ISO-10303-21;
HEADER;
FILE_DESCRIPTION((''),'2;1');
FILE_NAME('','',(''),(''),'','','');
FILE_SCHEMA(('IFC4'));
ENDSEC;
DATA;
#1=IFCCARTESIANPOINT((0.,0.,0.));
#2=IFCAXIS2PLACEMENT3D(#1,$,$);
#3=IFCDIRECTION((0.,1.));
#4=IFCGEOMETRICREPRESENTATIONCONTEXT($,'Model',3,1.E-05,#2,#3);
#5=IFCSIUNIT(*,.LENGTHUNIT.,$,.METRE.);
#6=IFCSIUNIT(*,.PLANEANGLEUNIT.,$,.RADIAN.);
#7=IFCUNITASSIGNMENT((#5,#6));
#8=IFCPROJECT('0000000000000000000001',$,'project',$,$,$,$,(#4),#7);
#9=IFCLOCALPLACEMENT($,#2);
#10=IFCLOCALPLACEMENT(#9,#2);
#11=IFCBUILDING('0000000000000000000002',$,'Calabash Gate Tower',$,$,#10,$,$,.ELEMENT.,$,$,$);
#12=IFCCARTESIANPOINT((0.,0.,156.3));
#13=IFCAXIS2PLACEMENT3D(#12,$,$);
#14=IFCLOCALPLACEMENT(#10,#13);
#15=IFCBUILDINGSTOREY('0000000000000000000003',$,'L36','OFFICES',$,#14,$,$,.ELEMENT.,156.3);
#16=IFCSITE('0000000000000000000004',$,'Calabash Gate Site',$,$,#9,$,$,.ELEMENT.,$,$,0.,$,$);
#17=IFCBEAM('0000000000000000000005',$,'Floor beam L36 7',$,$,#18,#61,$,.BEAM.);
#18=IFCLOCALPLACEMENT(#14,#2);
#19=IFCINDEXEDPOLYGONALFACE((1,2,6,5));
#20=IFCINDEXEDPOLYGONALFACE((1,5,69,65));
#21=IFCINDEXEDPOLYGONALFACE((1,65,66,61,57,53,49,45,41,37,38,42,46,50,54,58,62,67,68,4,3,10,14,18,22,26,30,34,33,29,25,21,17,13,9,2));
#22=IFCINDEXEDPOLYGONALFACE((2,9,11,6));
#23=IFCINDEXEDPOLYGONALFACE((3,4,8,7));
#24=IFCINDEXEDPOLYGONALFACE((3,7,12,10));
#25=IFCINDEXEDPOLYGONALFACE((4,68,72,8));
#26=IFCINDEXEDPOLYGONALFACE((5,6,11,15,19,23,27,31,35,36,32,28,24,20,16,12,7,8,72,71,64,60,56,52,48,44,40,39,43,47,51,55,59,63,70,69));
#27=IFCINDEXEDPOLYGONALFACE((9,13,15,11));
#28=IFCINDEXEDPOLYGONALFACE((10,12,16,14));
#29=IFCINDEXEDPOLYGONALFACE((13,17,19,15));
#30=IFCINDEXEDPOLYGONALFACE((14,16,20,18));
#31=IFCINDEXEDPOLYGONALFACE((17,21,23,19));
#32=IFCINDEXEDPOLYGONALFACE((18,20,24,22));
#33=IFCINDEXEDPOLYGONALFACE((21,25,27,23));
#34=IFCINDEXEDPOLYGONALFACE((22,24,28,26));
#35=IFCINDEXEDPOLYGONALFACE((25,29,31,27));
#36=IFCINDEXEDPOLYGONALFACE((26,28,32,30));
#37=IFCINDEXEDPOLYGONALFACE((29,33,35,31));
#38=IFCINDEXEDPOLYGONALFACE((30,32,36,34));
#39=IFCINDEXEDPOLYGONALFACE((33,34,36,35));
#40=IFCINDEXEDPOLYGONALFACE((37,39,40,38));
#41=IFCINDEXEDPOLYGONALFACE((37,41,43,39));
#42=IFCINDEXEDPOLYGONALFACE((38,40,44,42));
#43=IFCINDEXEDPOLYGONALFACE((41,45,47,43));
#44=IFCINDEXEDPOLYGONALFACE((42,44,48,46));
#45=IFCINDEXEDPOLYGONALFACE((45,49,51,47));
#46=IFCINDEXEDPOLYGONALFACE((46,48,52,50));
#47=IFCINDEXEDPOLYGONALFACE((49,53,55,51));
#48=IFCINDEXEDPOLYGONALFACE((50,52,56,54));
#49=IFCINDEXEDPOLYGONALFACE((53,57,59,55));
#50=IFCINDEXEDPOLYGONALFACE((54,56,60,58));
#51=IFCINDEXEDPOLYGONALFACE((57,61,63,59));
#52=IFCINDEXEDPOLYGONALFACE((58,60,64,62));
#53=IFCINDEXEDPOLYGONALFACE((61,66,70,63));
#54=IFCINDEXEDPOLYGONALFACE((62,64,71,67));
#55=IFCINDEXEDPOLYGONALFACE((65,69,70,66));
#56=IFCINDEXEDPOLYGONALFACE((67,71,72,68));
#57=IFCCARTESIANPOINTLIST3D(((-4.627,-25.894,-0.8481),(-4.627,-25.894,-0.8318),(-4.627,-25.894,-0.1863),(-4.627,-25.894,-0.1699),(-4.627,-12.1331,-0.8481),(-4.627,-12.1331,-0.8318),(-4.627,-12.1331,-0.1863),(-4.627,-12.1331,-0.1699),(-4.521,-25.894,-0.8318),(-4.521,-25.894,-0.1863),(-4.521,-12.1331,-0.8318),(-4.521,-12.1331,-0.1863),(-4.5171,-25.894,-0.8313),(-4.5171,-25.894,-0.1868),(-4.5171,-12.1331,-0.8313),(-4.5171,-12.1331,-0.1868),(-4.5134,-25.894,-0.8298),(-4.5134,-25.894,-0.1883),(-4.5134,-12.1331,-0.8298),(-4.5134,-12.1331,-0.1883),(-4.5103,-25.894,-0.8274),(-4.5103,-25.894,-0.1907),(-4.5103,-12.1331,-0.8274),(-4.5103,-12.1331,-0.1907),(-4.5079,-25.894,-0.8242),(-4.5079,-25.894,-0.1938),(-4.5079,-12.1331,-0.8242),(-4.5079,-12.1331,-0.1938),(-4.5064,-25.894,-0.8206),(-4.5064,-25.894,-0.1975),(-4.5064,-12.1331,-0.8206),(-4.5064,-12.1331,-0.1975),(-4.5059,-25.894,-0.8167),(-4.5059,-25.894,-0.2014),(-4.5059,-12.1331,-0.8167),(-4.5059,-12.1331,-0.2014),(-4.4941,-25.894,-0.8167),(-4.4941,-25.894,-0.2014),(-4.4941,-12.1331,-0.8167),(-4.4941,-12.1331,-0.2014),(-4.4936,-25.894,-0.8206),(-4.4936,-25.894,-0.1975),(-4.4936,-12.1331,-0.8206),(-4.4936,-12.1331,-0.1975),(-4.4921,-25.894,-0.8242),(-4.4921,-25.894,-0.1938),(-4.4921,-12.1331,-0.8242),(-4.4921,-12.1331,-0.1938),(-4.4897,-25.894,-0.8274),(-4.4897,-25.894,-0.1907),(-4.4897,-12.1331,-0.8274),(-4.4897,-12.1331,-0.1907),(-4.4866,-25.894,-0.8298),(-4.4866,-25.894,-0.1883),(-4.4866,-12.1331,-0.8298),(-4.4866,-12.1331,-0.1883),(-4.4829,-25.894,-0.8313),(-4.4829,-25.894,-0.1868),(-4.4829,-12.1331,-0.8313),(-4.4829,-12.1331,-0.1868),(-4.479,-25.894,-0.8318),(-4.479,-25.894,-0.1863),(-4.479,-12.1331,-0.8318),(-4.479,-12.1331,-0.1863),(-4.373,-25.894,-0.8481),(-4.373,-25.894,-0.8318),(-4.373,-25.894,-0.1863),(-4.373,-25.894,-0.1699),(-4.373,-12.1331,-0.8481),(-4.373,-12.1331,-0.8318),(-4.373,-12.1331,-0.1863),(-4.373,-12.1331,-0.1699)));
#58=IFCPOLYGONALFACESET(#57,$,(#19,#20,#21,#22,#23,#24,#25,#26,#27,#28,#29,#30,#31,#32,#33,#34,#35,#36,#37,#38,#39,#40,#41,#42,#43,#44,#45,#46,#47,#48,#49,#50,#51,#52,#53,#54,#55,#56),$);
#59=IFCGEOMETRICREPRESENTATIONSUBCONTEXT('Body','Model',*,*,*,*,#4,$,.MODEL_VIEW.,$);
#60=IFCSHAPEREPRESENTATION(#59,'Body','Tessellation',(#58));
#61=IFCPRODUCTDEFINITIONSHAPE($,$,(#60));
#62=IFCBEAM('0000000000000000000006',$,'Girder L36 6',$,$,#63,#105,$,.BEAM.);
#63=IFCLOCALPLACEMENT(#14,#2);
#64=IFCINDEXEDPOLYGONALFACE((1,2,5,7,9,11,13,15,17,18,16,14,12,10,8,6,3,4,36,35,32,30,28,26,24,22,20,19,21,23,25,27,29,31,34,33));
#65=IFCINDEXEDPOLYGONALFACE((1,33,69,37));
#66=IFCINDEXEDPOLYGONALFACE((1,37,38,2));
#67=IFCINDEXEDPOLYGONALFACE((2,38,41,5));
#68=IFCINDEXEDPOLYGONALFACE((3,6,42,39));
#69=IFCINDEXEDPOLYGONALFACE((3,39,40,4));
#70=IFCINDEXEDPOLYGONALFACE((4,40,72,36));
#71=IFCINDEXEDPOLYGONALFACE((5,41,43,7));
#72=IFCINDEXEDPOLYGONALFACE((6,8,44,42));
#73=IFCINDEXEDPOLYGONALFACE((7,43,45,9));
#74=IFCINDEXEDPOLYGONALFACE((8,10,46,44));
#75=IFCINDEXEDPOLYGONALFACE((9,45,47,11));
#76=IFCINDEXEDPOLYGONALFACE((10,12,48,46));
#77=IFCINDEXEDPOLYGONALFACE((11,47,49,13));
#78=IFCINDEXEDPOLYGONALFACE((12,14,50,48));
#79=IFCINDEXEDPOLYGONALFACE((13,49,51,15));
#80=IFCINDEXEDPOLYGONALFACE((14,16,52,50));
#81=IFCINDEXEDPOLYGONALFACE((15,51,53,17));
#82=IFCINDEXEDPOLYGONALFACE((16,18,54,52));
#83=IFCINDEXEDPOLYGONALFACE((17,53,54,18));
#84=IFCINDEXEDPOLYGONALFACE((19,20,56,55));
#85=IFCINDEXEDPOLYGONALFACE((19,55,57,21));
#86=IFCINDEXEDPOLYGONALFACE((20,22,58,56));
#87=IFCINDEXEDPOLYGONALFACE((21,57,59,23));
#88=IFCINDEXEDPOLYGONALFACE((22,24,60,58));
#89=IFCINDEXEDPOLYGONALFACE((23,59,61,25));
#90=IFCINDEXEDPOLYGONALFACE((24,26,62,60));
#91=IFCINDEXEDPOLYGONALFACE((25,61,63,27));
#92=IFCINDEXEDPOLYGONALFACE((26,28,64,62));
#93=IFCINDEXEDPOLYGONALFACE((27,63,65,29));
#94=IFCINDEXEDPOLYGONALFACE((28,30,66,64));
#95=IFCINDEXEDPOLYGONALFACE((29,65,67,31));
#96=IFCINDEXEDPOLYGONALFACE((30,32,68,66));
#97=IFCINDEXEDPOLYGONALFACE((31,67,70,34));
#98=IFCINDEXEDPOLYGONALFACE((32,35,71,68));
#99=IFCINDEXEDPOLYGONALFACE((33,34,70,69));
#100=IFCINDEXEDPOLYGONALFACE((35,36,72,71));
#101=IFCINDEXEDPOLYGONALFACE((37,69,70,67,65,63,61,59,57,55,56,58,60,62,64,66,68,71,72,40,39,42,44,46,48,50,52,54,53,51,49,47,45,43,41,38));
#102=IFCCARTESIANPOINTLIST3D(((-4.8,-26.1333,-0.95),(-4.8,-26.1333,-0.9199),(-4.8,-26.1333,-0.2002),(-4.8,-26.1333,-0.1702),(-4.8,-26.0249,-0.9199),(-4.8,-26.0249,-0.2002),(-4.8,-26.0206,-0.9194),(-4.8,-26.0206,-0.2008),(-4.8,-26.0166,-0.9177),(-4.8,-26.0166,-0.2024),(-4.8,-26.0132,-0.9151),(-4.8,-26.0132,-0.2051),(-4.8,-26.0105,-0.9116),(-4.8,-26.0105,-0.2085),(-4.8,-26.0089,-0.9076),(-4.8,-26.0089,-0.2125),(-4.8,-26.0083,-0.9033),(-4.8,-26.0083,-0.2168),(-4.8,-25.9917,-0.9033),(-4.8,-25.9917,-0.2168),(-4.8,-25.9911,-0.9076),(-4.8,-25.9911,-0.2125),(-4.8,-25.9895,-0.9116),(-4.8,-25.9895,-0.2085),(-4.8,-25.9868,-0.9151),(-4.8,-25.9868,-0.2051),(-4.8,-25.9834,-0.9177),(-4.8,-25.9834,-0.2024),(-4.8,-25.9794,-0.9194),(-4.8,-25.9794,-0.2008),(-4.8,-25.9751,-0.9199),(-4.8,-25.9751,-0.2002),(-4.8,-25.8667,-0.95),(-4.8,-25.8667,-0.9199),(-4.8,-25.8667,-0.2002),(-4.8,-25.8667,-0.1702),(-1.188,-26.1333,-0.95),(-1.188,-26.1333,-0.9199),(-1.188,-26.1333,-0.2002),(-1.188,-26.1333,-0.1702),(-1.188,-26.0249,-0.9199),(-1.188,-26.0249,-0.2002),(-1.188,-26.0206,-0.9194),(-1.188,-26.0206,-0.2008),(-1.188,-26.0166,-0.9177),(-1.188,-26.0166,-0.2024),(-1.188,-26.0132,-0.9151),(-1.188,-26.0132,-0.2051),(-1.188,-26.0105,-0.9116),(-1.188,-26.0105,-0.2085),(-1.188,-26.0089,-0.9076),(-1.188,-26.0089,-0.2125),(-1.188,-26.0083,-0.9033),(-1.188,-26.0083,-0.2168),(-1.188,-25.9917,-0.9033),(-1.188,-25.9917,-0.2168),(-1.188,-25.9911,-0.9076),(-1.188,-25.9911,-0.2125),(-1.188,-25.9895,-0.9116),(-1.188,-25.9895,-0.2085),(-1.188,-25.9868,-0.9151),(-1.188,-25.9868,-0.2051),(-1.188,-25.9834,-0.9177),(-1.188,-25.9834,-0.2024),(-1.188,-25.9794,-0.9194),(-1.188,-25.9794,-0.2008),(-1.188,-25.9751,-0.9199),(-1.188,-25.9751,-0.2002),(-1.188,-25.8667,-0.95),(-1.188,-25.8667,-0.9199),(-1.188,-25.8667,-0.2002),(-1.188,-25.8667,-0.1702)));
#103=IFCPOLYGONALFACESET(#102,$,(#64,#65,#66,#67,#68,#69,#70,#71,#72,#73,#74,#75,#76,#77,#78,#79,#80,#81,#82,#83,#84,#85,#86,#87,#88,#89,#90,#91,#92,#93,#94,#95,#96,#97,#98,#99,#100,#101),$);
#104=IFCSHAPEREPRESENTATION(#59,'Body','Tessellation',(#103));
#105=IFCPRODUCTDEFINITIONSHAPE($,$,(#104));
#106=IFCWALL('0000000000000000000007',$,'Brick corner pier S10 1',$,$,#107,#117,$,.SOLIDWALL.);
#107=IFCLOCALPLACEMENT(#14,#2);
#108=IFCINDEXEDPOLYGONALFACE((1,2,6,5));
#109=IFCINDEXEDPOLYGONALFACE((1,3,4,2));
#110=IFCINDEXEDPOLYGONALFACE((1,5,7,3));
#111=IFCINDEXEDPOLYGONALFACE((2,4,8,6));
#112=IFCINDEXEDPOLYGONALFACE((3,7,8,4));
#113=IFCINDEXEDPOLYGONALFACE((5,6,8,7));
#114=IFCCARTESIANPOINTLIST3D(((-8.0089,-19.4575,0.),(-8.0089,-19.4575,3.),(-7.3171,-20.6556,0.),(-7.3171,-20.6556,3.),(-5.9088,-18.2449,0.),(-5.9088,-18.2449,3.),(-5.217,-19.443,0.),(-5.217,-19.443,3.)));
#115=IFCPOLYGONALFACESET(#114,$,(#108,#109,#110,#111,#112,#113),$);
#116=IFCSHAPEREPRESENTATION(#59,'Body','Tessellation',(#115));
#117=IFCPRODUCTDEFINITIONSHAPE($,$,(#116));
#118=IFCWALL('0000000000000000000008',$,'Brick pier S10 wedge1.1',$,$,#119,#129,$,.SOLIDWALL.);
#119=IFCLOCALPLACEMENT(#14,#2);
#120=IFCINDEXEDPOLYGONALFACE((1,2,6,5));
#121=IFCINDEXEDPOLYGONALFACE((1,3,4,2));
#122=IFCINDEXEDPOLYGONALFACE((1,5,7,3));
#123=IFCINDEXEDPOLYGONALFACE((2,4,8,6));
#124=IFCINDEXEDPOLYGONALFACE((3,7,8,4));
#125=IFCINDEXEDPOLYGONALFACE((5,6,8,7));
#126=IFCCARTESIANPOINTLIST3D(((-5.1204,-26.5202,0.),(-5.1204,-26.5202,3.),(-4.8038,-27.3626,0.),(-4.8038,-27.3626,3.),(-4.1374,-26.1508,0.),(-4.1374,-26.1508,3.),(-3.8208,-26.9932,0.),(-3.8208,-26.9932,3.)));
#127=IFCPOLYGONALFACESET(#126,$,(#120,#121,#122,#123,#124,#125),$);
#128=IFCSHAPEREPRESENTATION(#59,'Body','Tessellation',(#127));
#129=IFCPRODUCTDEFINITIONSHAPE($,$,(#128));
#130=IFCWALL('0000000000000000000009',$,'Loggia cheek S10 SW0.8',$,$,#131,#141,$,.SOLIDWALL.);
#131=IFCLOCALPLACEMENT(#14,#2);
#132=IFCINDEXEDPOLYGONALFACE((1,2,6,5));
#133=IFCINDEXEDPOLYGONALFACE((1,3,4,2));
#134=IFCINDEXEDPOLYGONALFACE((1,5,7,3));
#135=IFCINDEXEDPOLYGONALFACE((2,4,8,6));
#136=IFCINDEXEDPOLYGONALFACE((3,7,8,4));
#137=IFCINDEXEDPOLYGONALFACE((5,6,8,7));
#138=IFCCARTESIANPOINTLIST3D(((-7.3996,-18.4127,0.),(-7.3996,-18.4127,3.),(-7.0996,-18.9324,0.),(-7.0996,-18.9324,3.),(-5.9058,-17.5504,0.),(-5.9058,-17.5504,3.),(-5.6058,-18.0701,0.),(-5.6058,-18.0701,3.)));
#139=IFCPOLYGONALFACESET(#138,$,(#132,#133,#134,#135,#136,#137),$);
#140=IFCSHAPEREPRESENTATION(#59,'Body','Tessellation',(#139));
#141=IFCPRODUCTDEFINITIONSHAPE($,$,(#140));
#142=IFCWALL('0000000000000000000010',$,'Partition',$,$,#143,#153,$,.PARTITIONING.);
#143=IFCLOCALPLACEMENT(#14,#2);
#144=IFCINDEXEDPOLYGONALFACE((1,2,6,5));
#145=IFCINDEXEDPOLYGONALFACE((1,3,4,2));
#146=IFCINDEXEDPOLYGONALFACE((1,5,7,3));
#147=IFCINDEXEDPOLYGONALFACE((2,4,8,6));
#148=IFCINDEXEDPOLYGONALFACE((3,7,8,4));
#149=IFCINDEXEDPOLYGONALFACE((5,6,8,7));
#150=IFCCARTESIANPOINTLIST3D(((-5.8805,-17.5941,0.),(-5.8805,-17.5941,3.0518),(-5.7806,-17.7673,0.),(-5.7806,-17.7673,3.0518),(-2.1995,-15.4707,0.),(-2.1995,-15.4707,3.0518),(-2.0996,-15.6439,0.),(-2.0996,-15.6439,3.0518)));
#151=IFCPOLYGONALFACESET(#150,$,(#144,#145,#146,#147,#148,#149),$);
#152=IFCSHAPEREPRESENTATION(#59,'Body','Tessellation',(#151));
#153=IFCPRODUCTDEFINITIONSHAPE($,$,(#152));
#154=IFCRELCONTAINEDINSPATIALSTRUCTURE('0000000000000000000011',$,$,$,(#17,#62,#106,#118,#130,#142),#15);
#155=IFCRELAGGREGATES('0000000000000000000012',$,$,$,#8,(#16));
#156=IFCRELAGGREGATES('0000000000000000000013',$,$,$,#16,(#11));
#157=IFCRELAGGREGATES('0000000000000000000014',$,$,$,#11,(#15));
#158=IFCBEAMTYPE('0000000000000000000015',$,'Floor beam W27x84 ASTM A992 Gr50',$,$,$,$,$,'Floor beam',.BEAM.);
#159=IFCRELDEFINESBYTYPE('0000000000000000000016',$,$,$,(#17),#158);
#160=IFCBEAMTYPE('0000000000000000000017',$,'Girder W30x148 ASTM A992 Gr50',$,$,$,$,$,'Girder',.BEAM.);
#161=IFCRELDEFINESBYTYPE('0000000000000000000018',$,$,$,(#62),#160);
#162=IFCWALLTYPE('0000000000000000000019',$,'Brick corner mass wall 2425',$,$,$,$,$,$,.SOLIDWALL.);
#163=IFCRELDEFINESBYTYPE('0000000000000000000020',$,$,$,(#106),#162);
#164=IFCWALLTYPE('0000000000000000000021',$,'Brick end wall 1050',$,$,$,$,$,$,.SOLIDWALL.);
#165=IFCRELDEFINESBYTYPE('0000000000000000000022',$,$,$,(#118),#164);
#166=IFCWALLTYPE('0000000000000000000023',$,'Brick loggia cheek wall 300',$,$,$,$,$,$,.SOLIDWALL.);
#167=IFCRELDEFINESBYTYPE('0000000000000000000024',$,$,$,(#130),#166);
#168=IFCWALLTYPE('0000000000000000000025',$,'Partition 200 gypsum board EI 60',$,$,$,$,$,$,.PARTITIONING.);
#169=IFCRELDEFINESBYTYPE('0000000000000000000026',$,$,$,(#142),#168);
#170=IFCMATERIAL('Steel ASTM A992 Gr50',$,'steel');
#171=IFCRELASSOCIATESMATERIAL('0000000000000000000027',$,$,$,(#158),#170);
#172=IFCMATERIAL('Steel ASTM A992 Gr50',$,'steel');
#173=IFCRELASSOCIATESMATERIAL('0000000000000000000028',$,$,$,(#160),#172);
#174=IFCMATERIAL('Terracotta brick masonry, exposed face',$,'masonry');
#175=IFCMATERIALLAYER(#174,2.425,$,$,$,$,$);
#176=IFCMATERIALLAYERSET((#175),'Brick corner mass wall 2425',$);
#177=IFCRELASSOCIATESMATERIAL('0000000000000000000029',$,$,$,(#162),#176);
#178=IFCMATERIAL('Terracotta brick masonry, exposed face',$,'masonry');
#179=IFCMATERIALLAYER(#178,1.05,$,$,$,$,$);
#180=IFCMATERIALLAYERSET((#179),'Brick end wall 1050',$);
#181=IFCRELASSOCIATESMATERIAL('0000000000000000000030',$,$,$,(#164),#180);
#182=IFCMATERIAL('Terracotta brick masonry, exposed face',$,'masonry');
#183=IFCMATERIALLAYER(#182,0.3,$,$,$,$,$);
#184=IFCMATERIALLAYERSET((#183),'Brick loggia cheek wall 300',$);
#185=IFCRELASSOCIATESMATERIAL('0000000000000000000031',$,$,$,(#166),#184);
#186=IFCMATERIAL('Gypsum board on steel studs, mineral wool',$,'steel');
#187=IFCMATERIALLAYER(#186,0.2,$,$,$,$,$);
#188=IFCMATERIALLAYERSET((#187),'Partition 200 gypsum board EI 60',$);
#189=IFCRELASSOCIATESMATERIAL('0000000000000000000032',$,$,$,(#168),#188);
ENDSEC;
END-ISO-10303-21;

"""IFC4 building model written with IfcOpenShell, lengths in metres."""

from ifc_helpers import new_model, si_unit, direction, frame, frame_2d, origin, origin_2d, place, context, subcontext, project, spatial, rectangle, i_section, extrude, material, layer, layer_set, material_profile, profile_set, type_object, element, save


model = new_model("IFC4")

# Units and contexts
model_context = context("Model", 3, precision=1e-05, world=origin(), true_north=direction((0.0, 1.0)))
body_context = subcontext(model_context, "Body", "Model", "MODEL_VIEW")
ifc_project = project(units=[si_unit("LENGTHUNIT", "METRE"), si_unit("PLANEANGLEUNIT", "RADIAN")], contexts=[model_context])

# Site, building, storey
site_placement = place(None, origin())
site = spatial("IfcSite", under=ifc_project, at=site_placement, Name="Calabash Gate Site", CompositionType="ELEMENT", RefElevation=0.0)
building_placement = place(site_placement, origin())
building = spatial("IfcBuilding", under=site, at=building_placement, Name="Calabash Gate Tower", CompositionType="ELEMENT")
storey_placement = place(building_placement, frame((0.0, 0.0, 156.3)))
storey = spatial("IfcBuildingStorey", under=building, at=storey_placement, Name="L36", Description="OFFICES", CompositionType="ELEMENT", Elevation=156.3)

# Beams
ifc_material_1 = material(Name="Steel ASTM A992 Gr50", Category="steel")
ifc_material_profile_1 = material_profile(ifc_material_1, i_section(OverallWidth=0.2539, OverallDepth=0.6782, WebThickness=0.0117, FlangeThickness=0.0164, FilletRadius=0.0151, at=origin_2d()))
ifc_profile_set_1 = profile_set([ifc_material_profile_1], Name="Steel ASTM A992 Gr50")
beam_type_1 = type_object("IfcBeamType", Name="Floor beam W27x84 ASTM A992 Gr50", ElementType="Floor beam", PredefinedType="BEAM", material=ifc_profile_set_1)
beam_1_placement = place(storey_placement, frame((-4.5, -25.894, -0.509), z_axis=(0.0, 1.0, 0.0), x_axis=(-1.0, 0.0, 0.0)))
element("IfcBeam", 1, at=beam_1_placement, inside=storey, type_object=beam_type_1, Name="Floor beam L36 7", PredefinedType="BEAM", context=body_context, shape_type="SweptSolid", body=[
    extrude(i_section(OverallWidth=0.2539, OverallDepth=0.6782, WebThickness=0.0117, FlangeThickness=0.0164, FilletRadius=0.0151, at=origin_2d()), origin(), (0.0, 0.0, 1.0), 13.761),
])
ifc_material_2 = material(Name="Steel ASTM A992 Gr50", Category="steel")
ifc_material_profile_2 = material_profile(ifc_material_2, i_section(OverallWidth=0.2666, OverallDepth=0.7798, WebThickness=0.0166, FlangeThickness=0.03, FilletRadius=0.0166, at=origin_2d()))
ifc_profile_set_2 = profile_set([ifc_material_profile_2], Name="Steel ASTM A992 Gr50")
beam_type_2 = type_object("IfcBeamType", Name="Girder W30x148 ASTM A992 Gr50", ElementType="Girder", PredefinedType="BEAM", material=ifc_profile_set_2)
beam_2_placement = place(storey_placement, frame((-4.8, -26.0, -0.5601), z_axis=(1.0, 0.0, 0.0), x_axis=(0.0, 1.0, 0.0)))
element("IfcBeam", 2, at=beam_2_placement, inside=storey, type_object=beam_type_2, Name="Girder L36 6", PredefinedType="BEAM", context=body_context, shape_type="SweptSolid", body=[
    extrude(i_section(OverallWidth=0.2666, OverallDepth=0.7798, WebThickness=0.0166, FlangeThickness=0.03, FilletRadius=0.0166, at=origin_2d()), origin(), (0.0, 0.0, 1.0), 3.6121),
])

# Walls
ifc_material_3 = material(Name="Terracotta brick masonry, exposed face", Category="masonry")
ifc_layer_1 = layer(ifc_material_3, 2.425)
ifc_layer_set_1 = layer_set([ifc_layer_1], Name="Brick corner mass wall 2425")
wall_type_1 = type_object("IfcWallType", Name="Brick corner mass wall 2425", PredefinedType="SOLIDWALL", material=ifc_layer_set_1)
wall_1_placement = place(storey_placement, frame((-5.563, -18.844, 0.0), z_axis=(0.0, 0.0, 1.0), x_axis=(-0.865998, -0.500048, 0.0)))
element("IfcWall", 3, at=wall_1_placement, inside=storey, type_object=wall_type_1, Name="Brick corner pier S10 1", PredefinedType="SOLIDWALL", context=body_context, shape_type="SweptSolid", body=[
    extrude(rectangle(XDim=2.425, YDim=1.3835, at=frame_2d((1.2124, 0.0))), origin(), (0.0, 0.0, 1.0), 3.0),
])
ifc_material_4 = material(Name="Terracotta brick masonry, exposed face", Category="masonry")
ifc_layer_2 = layer(ifc_material_4, 1.05)
ifc_layer_set_2 = layer_set([ifc_layer_2], Name="Brick end wall 1050")
wall_type_2 = type_object("IfcWallType", Name="Brick end wall 1050", PredefinedType="SOLIDWALL", material=ifc_layer_set_2)
wall_2_placement = place(storey_placement, frame((-3.9792, -26.572, 0.0), z_axis=(0.0, 0.0, 1.0), x_axis=(-0.936081, -0.351786, 0.0)))
element("IfcWall", 4, at=wall_2_placement, inside=storey, type_object=wall_type_2, Name="Brick pier S10 wedge1.1", PredefinedType="SOLIDWALL", context=body_context, shape_type="SweptSolid", body=[
    extrude(rectangle(XDim=1.05, YDim=0.8999, at=frame_2d((0.5249, 0.0))), origin(), (0.0, 0.0, 1.0), 3.0),
])
ifc_material_5 = material(Name="Terracotta brick masonry, exposed face", Category="masonry")
ifc_layer_3 = layer(ifc_material_5, 0.3)
ifc_layer_set_3 = layer_set([ifc_layer_3], Name="Brick loggia cheek wall 300")
wall_type_3 = type_object("IfcWallType", Name="Brick loggia cheek wall 300", PredefinedType="SOLIDWALL", material=ifc_layer_set_3)
wall_3_placement = place(storey_placement, frame((-5.7559, -17.8103, 0.0), z_axis=(0.0, 0.0, 1.0), x_axis=(-0.866075, -0.499914, 0.0)))
element("IfcWall", 5, at=wall_3_placement, inside=storey, type_object=wall_type_3, Name="Loggia cheek S10 SW0.8", PredefinedType="SOLIDWALL", context=body_context, shape_type="SweptSolid", body=[
    extrude(rectangle(XDim=1.7249, YDim=0.6001, at=frame_2d((0.8623, 0.0))), origin(), (0.0, 0.0, 1.0), 3.0),
])
ifc_material_6 = material(Name="Gypsum board on steel studs, mineral wool", Category="steel")
ifc_layer_4 = layer(ifc_material_6, 0.2)
ifc_layer_set_4 = layer_set([ifc_layer_4], Name="Partition 200 gypsum board EI 60")
wall_type_4 = type_object("IfcWallType", Name="Partition 200 gypsum board EI 60", PredefinedType="PARTITIONING", material=ifc_layer_set_4)
wall_4_placement = place(storey_placement, frame((-5.8306, -17.6807, 0.0), z_axis=(0.0, 0.0, 1.0), x_axis=(0.866217, 0.499668, 0.0)))
element("IfcWall", 6, at=wall_4_placement, inside=storey, type_object=wall_type_4, Name="Partition", PredefinedType="PARTITIONING", context=body_context, shape_type="SweptSolid", body=[
    extrude(rectangle(XDim=4.2495, YDim=0.2, at=frame_2d((2.1248, 0.0))), origin(), (0.0, 0.0, 1.0), 3.0518),
])

save(model, "model.ifc")
